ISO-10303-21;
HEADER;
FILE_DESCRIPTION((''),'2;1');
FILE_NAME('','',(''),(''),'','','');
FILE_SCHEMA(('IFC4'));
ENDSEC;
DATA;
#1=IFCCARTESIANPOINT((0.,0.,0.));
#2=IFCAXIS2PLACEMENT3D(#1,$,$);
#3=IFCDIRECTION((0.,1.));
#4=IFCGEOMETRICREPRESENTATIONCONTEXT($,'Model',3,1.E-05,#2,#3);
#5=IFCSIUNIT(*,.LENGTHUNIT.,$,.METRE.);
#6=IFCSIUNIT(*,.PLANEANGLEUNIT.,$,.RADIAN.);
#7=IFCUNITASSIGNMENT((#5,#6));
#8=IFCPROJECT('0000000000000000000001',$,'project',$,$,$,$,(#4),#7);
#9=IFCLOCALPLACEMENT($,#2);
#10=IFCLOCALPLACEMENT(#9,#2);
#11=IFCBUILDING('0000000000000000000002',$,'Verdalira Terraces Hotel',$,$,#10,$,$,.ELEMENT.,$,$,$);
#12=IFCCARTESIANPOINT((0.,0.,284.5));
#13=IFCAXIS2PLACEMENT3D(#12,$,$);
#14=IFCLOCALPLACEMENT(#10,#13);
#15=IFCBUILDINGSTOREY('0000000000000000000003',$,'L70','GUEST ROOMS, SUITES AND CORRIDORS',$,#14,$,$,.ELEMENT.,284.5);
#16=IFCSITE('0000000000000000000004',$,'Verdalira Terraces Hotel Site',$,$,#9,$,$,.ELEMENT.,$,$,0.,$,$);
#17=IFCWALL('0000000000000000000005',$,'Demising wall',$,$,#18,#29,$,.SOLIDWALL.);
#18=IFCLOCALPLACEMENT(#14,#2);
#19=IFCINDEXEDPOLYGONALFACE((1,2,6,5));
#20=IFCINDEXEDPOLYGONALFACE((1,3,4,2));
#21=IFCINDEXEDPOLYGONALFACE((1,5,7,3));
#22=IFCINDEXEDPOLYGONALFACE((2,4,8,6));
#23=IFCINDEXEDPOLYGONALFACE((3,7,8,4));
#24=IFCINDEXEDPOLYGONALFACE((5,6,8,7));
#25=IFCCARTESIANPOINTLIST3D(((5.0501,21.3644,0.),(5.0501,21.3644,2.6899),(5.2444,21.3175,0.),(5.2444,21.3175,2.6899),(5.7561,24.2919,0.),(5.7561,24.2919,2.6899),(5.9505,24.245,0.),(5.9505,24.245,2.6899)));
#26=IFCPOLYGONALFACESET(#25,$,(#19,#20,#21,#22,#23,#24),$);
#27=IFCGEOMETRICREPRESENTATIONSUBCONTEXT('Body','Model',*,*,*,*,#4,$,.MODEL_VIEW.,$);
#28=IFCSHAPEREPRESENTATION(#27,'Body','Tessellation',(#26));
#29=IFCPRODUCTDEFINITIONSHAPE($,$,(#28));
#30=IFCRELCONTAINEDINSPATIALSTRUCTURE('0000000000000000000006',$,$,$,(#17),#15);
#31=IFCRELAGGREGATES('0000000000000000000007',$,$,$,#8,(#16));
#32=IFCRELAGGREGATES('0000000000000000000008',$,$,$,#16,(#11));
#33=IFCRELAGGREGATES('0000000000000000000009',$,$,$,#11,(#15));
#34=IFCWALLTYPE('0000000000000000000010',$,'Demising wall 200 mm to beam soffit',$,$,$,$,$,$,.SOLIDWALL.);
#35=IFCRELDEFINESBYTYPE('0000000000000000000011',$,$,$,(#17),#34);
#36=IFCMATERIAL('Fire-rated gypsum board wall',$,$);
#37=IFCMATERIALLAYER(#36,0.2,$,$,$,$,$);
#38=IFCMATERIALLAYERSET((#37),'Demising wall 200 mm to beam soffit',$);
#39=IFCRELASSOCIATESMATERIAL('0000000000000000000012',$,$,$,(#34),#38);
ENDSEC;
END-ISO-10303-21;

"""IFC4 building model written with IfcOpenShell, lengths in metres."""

from ifc_helpers import new_model, si_unit, direction, frame, frame_2d, origin, place, context, subcontext, project, spatial, rectangle, extrude, material, layer, layer_set, type_object, element, save


model = new_model("IFC4")

# Units and contexts
model_context = context("Model", 3, precision=1e-05, world=origin(), true_north=direction((0.0, 1.0)))
body_context = subcontext(model_context, "Body", "Model", "MODEL_VIEW")
ifc_project = project(units=[si_unit("LENGTHUNIT", "METRE"), si_unit("PLANEANGLEUNIT", "RADIAN")], contexts=[model_context])

# Site, building, storey
site_placement = place(None, origin())
site = spatial("IfcSite", under=ifc_project, at=site_placement, Name="Verdalira Terraces Hotel Site", CompositionType="ELEMENT", RefElevation=0.0)
building_placement = place(site_placement, origin())
building = spatial("IfcBuilding", under=site, at=building_placement, Name="Verdalira Terraces Hotel", CompositionType="ELEMENT")
storey_placement = place(building_placement, frame((0.0, 0.0, 284.5)))
storey = spatial("IfcBuildingStorey", under=building, at=storey_placement, Name="L70", Description="GUEST ROOMS, SUITES AND CORRIDORS", CompositionType="ELEMENT", Elevation=284.5)

# Wall
ifc_material_1 = material(Name="Fire-rated gypsum board wall")
ifc_layer_1 = layer(ifc_material_1, 0.2)
ifc_layer_set_1 = layer_set([ifc_layer_1], Name="Demising wall 200 mm to beam soffit")
wall_type_1 = type_object("IfcWallType", Name="Demising wall 200 mm to beam soffit", PredefinedType="SOLIDWALL", material=ifc_layer_set_1)
wall_1_placement = place(storey_placement, frame((5.1472, 21.3408, 0.0), z_axis=(0.0, 0.0, 1.0), x_axis=(0.234458, 0.972126, 0.0)))
element("IfcWall", 1, at=wall_1_placement, inside=storey, type_object=wall_type_1, Name="Demising wall", PredefinedType="SOLIDWALL", context=body_context, shape_type="SweptSolid", body=[
    extrude(rectangle(XDim=3.0115, YDim=0.2, at=frame_2d((1.5059, 0.0))), origin(), (0.0, 0.0, 1.0), 2.6899),
])

save(model, "model.ifc")
